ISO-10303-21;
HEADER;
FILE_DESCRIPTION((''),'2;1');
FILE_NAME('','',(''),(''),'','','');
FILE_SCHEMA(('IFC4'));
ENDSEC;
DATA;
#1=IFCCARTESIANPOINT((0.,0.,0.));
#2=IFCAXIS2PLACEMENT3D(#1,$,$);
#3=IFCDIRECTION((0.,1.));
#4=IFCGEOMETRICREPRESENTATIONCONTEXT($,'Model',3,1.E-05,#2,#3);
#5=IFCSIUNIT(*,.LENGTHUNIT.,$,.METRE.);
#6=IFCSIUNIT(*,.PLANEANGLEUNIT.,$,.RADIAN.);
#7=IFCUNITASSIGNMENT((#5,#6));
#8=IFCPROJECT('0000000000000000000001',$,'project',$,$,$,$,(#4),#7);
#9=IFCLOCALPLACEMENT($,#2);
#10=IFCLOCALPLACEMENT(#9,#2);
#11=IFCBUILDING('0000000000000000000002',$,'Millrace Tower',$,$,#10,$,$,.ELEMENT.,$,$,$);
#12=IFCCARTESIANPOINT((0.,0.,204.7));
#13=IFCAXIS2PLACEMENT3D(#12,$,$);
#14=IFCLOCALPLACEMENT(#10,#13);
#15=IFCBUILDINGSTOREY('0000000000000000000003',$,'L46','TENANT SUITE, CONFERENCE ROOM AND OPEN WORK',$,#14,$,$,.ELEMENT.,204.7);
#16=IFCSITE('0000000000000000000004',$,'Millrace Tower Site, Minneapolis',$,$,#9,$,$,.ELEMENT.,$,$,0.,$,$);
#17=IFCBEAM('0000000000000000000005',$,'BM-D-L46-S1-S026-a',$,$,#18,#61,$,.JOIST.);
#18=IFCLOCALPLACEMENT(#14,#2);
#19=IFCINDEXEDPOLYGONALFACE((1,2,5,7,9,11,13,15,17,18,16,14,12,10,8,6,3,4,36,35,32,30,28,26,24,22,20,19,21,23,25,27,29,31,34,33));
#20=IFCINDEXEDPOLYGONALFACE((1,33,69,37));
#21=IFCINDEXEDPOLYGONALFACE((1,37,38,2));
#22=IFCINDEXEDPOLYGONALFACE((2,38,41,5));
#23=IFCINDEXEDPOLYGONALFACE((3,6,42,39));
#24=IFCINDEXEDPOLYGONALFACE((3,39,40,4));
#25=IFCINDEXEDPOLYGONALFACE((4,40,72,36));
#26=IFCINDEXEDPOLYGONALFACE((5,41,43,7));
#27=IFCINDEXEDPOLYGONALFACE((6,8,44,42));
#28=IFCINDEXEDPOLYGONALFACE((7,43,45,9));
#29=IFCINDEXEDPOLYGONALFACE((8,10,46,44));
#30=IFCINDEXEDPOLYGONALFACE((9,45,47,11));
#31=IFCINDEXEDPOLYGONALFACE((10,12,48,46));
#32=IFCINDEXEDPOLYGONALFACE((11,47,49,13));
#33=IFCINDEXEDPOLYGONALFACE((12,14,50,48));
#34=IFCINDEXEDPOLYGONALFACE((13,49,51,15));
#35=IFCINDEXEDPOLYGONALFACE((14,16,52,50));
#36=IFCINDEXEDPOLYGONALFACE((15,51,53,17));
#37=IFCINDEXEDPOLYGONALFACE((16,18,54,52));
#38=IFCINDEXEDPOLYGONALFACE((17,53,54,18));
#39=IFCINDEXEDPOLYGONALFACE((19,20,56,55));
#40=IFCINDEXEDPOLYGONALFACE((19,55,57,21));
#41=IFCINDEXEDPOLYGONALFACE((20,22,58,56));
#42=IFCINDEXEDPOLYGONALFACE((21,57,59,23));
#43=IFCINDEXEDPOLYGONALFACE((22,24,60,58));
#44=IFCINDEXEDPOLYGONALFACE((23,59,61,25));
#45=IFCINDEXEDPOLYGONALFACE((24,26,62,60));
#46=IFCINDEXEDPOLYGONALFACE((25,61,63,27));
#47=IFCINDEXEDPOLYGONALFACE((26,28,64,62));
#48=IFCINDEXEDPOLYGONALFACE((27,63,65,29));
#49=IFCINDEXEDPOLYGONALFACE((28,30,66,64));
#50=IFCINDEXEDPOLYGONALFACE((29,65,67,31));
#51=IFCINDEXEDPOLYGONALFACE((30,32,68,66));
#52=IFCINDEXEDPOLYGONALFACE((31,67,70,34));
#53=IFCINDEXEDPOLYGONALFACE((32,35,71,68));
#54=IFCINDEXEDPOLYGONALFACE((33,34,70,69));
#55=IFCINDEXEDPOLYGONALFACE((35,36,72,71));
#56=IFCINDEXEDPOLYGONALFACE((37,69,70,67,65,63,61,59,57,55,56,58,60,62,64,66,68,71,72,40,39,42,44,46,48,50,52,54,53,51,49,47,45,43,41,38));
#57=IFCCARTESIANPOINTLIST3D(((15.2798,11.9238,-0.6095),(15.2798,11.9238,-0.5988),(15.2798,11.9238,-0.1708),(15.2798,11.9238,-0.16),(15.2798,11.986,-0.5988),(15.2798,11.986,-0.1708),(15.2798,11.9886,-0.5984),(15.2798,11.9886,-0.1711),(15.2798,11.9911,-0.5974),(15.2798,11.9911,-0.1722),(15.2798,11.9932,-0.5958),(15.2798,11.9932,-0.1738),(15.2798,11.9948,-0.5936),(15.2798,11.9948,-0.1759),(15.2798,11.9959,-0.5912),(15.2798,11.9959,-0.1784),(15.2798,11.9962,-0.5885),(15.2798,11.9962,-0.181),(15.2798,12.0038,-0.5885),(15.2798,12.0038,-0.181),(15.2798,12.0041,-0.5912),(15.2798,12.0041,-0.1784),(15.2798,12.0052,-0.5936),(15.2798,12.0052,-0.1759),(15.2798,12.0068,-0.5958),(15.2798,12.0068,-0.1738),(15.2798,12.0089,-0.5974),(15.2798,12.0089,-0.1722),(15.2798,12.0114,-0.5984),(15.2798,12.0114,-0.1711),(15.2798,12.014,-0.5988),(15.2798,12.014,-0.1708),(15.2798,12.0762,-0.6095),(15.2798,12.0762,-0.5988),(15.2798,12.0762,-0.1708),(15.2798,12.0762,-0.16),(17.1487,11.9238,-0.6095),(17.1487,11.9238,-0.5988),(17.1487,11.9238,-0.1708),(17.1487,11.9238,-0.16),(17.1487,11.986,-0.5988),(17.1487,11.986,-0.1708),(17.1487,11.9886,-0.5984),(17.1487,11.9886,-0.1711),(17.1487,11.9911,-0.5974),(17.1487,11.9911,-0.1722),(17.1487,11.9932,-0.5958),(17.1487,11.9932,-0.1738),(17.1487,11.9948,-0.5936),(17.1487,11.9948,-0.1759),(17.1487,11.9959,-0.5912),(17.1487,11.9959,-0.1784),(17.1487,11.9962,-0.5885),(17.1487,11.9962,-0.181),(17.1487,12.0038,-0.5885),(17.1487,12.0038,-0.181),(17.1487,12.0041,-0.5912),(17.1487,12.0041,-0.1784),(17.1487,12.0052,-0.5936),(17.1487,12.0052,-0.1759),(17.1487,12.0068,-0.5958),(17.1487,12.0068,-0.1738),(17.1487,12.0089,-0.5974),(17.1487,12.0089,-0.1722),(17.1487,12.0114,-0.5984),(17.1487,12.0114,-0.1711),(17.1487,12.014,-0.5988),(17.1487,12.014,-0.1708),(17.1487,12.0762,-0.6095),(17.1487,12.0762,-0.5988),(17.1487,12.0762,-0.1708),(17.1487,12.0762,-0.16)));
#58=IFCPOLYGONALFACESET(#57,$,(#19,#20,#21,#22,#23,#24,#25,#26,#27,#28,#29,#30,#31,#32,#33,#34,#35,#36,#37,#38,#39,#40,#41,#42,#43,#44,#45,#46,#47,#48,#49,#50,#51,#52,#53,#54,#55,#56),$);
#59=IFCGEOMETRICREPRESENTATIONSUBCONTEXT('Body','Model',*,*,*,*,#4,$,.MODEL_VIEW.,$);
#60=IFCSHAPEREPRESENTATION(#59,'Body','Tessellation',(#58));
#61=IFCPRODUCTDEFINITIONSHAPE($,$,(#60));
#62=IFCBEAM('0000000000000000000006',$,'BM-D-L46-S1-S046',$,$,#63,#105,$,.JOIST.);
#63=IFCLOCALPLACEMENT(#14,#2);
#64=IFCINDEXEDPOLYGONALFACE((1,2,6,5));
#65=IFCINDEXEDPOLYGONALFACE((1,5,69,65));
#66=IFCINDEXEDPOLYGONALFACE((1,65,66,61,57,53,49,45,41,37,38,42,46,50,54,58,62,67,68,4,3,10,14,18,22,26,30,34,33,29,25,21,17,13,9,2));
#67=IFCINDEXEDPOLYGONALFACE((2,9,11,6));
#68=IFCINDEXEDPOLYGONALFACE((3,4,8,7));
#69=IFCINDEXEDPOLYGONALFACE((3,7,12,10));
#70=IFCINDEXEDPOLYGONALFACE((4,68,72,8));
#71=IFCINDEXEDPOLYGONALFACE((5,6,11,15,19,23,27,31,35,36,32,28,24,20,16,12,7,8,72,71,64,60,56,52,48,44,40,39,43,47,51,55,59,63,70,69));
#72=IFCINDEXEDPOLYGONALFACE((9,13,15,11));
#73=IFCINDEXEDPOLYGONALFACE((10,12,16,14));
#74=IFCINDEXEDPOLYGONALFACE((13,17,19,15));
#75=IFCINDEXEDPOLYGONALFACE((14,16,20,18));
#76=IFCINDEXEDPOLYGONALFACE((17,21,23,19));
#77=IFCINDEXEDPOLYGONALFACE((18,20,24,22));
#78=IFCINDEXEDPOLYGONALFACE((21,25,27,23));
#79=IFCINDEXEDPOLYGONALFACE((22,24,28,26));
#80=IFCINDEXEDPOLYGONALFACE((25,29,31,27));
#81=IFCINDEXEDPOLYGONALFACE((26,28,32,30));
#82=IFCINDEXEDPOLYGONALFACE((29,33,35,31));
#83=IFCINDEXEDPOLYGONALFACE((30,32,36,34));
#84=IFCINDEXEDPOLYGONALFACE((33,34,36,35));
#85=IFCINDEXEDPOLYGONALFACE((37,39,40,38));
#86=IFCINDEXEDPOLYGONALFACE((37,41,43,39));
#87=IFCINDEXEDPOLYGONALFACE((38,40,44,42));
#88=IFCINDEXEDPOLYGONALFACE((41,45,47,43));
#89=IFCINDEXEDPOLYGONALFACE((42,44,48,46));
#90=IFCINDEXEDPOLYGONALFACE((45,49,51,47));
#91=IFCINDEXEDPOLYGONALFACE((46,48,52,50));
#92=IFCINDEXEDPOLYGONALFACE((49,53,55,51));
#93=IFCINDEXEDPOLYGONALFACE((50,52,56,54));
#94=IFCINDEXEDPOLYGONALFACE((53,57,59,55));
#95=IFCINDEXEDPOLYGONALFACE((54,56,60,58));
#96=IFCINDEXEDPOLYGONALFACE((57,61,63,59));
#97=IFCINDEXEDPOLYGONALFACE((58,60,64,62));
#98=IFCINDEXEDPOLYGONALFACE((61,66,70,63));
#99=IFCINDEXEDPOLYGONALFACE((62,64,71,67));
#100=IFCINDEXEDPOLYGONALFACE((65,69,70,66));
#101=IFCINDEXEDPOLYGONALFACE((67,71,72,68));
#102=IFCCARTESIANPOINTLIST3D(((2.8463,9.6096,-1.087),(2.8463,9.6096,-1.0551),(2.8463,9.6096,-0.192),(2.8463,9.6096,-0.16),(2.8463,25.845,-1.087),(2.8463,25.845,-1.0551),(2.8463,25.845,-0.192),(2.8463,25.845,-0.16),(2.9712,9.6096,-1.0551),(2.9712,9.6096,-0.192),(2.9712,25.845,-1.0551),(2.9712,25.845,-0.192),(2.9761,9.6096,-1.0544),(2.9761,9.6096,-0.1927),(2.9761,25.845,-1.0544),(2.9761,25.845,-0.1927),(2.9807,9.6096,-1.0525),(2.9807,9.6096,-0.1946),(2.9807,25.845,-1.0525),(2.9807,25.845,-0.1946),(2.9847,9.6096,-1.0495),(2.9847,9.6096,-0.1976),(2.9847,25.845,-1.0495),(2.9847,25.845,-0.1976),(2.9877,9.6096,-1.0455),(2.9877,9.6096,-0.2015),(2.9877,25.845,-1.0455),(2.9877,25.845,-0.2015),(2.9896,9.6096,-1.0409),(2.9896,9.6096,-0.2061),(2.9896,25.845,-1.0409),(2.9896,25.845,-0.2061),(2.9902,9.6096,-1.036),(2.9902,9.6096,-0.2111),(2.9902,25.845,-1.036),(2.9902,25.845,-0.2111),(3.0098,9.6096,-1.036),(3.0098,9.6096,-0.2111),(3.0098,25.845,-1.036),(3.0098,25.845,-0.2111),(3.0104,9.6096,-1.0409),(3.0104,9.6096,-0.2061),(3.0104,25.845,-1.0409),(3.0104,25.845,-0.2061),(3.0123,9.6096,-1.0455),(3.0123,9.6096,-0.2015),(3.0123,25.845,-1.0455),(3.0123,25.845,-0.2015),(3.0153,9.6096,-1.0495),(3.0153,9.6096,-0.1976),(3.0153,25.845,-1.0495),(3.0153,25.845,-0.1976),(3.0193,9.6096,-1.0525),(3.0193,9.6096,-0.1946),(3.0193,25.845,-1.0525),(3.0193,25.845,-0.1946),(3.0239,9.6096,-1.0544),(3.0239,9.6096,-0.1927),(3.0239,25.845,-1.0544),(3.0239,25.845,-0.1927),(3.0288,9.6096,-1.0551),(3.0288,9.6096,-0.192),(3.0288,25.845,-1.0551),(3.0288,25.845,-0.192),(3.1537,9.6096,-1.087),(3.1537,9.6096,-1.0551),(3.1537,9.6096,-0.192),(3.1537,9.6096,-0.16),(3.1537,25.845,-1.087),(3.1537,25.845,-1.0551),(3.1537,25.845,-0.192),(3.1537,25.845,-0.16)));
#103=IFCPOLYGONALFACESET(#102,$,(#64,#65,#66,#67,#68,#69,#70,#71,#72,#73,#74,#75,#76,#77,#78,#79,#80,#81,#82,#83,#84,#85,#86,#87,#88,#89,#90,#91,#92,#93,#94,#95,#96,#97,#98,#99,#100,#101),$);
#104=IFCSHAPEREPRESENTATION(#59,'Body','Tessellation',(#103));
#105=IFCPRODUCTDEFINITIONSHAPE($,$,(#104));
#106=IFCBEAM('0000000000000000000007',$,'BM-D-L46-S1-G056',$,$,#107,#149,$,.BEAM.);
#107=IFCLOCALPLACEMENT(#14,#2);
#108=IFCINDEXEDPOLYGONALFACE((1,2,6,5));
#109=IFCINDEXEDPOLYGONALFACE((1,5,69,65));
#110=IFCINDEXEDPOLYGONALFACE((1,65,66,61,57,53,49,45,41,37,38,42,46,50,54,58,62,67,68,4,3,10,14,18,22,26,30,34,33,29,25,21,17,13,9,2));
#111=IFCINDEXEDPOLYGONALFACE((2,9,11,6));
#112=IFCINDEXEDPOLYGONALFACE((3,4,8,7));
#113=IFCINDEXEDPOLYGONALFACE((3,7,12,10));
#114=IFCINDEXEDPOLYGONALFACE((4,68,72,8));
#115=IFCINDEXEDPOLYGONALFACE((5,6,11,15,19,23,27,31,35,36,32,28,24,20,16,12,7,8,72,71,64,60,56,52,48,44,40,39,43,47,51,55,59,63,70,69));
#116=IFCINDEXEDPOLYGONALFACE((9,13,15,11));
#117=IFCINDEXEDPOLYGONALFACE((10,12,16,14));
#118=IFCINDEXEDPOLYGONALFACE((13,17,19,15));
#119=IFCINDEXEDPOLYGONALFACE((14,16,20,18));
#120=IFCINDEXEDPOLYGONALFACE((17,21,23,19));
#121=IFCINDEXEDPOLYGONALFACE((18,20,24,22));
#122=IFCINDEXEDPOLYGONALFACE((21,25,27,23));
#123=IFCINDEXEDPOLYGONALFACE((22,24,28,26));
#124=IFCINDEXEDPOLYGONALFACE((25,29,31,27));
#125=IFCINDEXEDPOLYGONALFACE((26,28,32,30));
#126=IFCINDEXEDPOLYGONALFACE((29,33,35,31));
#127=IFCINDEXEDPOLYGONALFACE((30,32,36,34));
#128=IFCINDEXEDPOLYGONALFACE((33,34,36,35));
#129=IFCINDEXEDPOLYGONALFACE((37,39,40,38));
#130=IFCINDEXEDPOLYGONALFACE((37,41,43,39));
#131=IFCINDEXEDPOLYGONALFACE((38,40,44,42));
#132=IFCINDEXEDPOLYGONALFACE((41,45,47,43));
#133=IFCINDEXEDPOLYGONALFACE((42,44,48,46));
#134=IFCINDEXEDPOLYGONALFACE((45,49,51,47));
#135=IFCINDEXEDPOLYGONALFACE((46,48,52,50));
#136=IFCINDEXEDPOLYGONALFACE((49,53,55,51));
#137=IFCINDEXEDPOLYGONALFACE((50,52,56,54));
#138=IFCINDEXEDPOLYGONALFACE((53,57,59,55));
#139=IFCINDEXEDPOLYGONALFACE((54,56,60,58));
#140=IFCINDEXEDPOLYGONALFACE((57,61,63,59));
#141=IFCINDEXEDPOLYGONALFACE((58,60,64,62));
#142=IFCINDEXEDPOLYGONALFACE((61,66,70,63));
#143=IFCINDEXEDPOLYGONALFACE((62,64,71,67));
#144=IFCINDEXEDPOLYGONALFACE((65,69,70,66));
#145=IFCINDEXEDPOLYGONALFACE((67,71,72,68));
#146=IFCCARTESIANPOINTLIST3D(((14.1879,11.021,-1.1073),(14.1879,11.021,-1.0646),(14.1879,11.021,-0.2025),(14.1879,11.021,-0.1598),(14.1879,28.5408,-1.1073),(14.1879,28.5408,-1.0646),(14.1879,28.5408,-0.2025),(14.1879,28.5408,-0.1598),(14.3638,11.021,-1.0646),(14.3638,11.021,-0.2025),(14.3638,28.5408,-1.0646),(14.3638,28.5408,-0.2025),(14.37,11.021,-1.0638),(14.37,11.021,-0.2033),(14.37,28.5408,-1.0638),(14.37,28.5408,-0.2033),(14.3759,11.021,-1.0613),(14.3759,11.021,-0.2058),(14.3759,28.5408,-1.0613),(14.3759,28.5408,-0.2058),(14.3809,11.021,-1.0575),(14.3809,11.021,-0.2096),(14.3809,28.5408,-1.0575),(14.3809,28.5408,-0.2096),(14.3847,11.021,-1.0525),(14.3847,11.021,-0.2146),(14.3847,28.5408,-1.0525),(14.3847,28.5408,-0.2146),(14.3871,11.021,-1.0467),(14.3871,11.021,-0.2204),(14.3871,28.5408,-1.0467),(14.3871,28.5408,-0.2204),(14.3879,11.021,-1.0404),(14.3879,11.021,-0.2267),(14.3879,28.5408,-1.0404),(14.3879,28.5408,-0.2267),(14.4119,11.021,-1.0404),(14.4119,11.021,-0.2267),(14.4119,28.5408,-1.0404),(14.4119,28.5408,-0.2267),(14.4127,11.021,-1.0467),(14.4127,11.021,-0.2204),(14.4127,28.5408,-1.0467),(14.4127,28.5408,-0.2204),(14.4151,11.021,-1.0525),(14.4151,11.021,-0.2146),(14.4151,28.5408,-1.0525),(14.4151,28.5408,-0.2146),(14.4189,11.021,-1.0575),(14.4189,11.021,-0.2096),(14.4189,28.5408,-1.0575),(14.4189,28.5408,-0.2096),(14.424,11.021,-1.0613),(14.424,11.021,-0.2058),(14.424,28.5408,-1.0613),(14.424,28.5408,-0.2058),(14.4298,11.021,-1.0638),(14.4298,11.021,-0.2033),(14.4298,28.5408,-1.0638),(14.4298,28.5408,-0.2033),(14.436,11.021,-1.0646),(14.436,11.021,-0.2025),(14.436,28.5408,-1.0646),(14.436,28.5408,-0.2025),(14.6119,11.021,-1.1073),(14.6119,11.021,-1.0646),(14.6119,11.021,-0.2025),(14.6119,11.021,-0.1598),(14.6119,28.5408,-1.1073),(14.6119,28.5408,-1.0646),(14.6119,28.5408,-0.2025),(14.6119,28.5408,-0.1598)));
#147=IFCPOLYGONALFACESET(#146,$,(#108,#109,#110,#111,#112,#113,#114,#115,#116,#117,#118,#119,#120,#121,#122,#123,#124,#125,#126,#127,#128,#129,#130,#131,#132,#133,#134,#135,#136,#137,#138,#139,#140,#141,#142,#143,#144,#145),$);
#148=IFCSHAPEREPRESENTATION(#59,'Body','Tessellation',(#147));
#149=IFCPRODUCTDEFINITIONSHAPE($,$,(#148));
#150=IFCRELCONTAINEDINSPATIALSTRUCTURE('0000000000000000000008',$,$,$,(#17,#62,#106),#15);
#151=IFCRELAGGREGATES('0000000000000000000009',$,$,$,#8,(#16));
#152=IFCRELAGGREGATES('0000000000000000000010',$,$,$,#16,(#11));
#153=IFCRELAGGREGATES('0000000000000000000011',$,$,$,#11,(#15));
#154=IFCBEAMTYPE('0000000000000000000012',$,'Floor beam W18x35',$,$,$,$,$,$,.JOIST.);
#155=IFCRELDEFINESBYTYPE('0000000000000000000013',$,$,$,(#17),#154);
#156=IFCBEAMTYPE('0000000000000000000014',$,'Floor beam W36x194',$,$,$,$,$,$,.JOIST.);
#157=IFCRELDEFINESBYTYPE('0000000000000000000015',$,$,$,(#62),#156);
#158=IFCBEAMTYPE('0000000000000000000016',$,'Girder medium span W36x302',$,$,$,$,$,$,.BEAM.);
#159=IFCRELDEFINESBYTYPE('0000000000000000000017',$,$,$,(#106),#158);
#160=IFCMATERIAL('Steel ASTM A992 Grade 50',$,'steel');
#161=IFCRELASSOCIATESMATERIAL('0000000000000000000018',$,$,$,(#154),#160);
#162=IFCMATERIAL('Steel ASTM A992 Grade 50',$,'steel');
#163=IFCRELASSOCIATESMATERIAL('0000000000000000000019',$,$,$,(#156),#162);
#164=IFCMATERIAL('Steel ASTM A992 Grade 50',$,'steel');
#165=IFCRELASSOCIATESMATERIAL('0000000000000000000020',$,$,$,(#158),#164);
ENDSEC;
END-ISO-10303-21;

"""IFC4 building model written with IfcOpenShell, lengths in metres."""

from ifc_helpers import new_model, si_unit, direction, frame, origin, origin_2d, place, context, subcontext, project, spatial, i_section, extrude, material, material_profile, profile_set, type_object, element, save


model = new_model("IFC4")

# Units and contexts
model_context = context("Model", 3, precision=1e-05, world=origin(), true_north=direction((0.0, 1.0)))
body_context = subcontext(model_context, "Body", "Model", "MODEL_VIEW")
ifc_project = project(units=[si_unit("LENGTHUNIT", "METRE"), si_unit("PLANEANGLEUNIT", "RADIAN")], contexts=[model_context])

# Site, building, storey
site_placement = place(None, origin())
site = spatial("IfcSite", under=ifc_project, at=site_placement, Name="Millrace Tower Site, Minneapolis", CompositionType="ELEMENT", RefElevation=0.0)
building_placement = place(site_placement, origin())
building = spatial("IfcBuilding", under=site, at=building_placement, Name="Millrace Tower", CompositionType="ELEMENT")
storey_placement = place(building_placement, frame((0.0, 0.0, 204.7)))
storey = spatial("IfcBuildingStorey", under=building, at=storey_placement, Name="L46", Description="TENANT SUITE, CONFERENCE ROOM AND OPEN WORK", CompositionType="ELEMENT", Elevation=204.7)

# Beams
ifc_material_1 = material(Name="Steel ASTM A992 Grade 50", Category="steel")
ifc_material_profile_1 = material_profile(ifc_material_1, i_section(OverallWidth=0.1523, OverallDepth=0.4495, WebThickness=0.0076, FlangeThickness=0.0107, FilletRadius=0.0103, at=origin_2d()))
ifc_profile_set_1 = profile_set([ifc_material_profile_1], Name="Steel ASTM A992 Grade 50")
beam_type_1 = type_object("IfcBeamType", Name="Floor beam W18x35", PredefinedType="JOIST", material=ifc_profile_set_1)
beam_1_placement = place(storey_placement, frame((15.2798, 12.0, -0.3848), z_axis=(1.0, 0.0, 0.0), x_axis=(0.0, 1.0, 0.0)))
element("IfcBeam", 1, at=beam_1_placement, inside=storey, type_object=beam_type_1, Name="BM-D-L46-S1-S026-a", PredefinedType="JOIST", context=body_context, shape_type="SweptSolid", body=[
    extrude(i_section(OverallWidth=0.1523, OverallDepth=0.4495, WebThickness=0.0076, FlangeThickness=0.0107, FilletRadius=0.0103, at=origin_2d()), origin(), (0.0, 0.0, 1.0), 1.8689),
])
ifc_material_2 = material(Name="Steel ASTM A992 Grade 50", Category="steel")
ifc_material_profile_2 = material_profile(ifc_material_2, i_section(OverallWidth=0.3074, OverallDepth=0.927, WebThickness=0.0195, FlangeThickness=0.032, FilletRadius=0.019, at=origin_2d()))
ifc_profile_set_2 = profile_set([ifc_material_profile_2], Name="Steel ASTM A992 Grade 50")
beam_type_2 = type_object("IfcBeamType", Name="Floor beam W36x194", PredefinedType="JOIST", material=ifc_profile_set_2)
beam_2_placement = place(storey_placement, frame((3.0, 9.6096, -0.6235), z_axis=(0.0, 1.0, 0.0), x_axis=(-1.0, 0.0, 0.0)))
element("IfcBeam", 2, at=beam_2_placement, inside=storey, type_object=beam_type_2, Name="BM-D-L46-S1-S046", PredefinedType="JOIST", context=body_context, shape_type="SweptSolid", body=[
    extrude(i_section(OverallWidth=0.3074, OverallDepth=0.927, WebThickness=0.0195, FlangeThickness=0.032, FilletRadius=0.019, at=origin_2d()), origin(), (0.0, 0.0, 1.0), 16.2354),
])
ifc_material_3 = material(Name="Steel ASTM A992 Grade 50", Category="steel")
ifc_material_profile_3 = material_profile(ifc_material_3, i_section(OverallWidth=0.4241, OverallDepth=0.9475, WebThickness=0.0239, FlangeThickness=0.0427, FilletRadius=0.0242, at=origin_2d()))
ifc_profile_set_3 = profile_set([ifc_material_profile_3], Name="Steel ASTM A992 Grade 50")
beam_type_3 = type_object("IfcBeamType", Name="Girder medium span W36x302", PredefinedType="BEAM", material=ifc_profile_set_3)
beam_3_placement = place(storey_placement, frame((14.3999, 11.021, -0.6335), z_axis=(0.0, 1.0, 0.0), x_axis=(-1.0, 0.0, 0.0)))
element("IfcBeam", 3, at=beam_3_placement, inside=storey, type_object=beam_type_3, Name="BM-D-L46-S1-G056", PredefinedType="BEAM", context=body_context, shape_type="SweptSolid", body=[
    extrude(i_section(OverallWidth=0.4241, OverallDepth=0.9475, WebThickness=0.0239, FlangeThickness=0.0427, FilletRadius=0.0242, at=origin_2d()), origin(), (0.0, 0.0, 1.0), 17.5198),
])

save(model, "model.ifc")
